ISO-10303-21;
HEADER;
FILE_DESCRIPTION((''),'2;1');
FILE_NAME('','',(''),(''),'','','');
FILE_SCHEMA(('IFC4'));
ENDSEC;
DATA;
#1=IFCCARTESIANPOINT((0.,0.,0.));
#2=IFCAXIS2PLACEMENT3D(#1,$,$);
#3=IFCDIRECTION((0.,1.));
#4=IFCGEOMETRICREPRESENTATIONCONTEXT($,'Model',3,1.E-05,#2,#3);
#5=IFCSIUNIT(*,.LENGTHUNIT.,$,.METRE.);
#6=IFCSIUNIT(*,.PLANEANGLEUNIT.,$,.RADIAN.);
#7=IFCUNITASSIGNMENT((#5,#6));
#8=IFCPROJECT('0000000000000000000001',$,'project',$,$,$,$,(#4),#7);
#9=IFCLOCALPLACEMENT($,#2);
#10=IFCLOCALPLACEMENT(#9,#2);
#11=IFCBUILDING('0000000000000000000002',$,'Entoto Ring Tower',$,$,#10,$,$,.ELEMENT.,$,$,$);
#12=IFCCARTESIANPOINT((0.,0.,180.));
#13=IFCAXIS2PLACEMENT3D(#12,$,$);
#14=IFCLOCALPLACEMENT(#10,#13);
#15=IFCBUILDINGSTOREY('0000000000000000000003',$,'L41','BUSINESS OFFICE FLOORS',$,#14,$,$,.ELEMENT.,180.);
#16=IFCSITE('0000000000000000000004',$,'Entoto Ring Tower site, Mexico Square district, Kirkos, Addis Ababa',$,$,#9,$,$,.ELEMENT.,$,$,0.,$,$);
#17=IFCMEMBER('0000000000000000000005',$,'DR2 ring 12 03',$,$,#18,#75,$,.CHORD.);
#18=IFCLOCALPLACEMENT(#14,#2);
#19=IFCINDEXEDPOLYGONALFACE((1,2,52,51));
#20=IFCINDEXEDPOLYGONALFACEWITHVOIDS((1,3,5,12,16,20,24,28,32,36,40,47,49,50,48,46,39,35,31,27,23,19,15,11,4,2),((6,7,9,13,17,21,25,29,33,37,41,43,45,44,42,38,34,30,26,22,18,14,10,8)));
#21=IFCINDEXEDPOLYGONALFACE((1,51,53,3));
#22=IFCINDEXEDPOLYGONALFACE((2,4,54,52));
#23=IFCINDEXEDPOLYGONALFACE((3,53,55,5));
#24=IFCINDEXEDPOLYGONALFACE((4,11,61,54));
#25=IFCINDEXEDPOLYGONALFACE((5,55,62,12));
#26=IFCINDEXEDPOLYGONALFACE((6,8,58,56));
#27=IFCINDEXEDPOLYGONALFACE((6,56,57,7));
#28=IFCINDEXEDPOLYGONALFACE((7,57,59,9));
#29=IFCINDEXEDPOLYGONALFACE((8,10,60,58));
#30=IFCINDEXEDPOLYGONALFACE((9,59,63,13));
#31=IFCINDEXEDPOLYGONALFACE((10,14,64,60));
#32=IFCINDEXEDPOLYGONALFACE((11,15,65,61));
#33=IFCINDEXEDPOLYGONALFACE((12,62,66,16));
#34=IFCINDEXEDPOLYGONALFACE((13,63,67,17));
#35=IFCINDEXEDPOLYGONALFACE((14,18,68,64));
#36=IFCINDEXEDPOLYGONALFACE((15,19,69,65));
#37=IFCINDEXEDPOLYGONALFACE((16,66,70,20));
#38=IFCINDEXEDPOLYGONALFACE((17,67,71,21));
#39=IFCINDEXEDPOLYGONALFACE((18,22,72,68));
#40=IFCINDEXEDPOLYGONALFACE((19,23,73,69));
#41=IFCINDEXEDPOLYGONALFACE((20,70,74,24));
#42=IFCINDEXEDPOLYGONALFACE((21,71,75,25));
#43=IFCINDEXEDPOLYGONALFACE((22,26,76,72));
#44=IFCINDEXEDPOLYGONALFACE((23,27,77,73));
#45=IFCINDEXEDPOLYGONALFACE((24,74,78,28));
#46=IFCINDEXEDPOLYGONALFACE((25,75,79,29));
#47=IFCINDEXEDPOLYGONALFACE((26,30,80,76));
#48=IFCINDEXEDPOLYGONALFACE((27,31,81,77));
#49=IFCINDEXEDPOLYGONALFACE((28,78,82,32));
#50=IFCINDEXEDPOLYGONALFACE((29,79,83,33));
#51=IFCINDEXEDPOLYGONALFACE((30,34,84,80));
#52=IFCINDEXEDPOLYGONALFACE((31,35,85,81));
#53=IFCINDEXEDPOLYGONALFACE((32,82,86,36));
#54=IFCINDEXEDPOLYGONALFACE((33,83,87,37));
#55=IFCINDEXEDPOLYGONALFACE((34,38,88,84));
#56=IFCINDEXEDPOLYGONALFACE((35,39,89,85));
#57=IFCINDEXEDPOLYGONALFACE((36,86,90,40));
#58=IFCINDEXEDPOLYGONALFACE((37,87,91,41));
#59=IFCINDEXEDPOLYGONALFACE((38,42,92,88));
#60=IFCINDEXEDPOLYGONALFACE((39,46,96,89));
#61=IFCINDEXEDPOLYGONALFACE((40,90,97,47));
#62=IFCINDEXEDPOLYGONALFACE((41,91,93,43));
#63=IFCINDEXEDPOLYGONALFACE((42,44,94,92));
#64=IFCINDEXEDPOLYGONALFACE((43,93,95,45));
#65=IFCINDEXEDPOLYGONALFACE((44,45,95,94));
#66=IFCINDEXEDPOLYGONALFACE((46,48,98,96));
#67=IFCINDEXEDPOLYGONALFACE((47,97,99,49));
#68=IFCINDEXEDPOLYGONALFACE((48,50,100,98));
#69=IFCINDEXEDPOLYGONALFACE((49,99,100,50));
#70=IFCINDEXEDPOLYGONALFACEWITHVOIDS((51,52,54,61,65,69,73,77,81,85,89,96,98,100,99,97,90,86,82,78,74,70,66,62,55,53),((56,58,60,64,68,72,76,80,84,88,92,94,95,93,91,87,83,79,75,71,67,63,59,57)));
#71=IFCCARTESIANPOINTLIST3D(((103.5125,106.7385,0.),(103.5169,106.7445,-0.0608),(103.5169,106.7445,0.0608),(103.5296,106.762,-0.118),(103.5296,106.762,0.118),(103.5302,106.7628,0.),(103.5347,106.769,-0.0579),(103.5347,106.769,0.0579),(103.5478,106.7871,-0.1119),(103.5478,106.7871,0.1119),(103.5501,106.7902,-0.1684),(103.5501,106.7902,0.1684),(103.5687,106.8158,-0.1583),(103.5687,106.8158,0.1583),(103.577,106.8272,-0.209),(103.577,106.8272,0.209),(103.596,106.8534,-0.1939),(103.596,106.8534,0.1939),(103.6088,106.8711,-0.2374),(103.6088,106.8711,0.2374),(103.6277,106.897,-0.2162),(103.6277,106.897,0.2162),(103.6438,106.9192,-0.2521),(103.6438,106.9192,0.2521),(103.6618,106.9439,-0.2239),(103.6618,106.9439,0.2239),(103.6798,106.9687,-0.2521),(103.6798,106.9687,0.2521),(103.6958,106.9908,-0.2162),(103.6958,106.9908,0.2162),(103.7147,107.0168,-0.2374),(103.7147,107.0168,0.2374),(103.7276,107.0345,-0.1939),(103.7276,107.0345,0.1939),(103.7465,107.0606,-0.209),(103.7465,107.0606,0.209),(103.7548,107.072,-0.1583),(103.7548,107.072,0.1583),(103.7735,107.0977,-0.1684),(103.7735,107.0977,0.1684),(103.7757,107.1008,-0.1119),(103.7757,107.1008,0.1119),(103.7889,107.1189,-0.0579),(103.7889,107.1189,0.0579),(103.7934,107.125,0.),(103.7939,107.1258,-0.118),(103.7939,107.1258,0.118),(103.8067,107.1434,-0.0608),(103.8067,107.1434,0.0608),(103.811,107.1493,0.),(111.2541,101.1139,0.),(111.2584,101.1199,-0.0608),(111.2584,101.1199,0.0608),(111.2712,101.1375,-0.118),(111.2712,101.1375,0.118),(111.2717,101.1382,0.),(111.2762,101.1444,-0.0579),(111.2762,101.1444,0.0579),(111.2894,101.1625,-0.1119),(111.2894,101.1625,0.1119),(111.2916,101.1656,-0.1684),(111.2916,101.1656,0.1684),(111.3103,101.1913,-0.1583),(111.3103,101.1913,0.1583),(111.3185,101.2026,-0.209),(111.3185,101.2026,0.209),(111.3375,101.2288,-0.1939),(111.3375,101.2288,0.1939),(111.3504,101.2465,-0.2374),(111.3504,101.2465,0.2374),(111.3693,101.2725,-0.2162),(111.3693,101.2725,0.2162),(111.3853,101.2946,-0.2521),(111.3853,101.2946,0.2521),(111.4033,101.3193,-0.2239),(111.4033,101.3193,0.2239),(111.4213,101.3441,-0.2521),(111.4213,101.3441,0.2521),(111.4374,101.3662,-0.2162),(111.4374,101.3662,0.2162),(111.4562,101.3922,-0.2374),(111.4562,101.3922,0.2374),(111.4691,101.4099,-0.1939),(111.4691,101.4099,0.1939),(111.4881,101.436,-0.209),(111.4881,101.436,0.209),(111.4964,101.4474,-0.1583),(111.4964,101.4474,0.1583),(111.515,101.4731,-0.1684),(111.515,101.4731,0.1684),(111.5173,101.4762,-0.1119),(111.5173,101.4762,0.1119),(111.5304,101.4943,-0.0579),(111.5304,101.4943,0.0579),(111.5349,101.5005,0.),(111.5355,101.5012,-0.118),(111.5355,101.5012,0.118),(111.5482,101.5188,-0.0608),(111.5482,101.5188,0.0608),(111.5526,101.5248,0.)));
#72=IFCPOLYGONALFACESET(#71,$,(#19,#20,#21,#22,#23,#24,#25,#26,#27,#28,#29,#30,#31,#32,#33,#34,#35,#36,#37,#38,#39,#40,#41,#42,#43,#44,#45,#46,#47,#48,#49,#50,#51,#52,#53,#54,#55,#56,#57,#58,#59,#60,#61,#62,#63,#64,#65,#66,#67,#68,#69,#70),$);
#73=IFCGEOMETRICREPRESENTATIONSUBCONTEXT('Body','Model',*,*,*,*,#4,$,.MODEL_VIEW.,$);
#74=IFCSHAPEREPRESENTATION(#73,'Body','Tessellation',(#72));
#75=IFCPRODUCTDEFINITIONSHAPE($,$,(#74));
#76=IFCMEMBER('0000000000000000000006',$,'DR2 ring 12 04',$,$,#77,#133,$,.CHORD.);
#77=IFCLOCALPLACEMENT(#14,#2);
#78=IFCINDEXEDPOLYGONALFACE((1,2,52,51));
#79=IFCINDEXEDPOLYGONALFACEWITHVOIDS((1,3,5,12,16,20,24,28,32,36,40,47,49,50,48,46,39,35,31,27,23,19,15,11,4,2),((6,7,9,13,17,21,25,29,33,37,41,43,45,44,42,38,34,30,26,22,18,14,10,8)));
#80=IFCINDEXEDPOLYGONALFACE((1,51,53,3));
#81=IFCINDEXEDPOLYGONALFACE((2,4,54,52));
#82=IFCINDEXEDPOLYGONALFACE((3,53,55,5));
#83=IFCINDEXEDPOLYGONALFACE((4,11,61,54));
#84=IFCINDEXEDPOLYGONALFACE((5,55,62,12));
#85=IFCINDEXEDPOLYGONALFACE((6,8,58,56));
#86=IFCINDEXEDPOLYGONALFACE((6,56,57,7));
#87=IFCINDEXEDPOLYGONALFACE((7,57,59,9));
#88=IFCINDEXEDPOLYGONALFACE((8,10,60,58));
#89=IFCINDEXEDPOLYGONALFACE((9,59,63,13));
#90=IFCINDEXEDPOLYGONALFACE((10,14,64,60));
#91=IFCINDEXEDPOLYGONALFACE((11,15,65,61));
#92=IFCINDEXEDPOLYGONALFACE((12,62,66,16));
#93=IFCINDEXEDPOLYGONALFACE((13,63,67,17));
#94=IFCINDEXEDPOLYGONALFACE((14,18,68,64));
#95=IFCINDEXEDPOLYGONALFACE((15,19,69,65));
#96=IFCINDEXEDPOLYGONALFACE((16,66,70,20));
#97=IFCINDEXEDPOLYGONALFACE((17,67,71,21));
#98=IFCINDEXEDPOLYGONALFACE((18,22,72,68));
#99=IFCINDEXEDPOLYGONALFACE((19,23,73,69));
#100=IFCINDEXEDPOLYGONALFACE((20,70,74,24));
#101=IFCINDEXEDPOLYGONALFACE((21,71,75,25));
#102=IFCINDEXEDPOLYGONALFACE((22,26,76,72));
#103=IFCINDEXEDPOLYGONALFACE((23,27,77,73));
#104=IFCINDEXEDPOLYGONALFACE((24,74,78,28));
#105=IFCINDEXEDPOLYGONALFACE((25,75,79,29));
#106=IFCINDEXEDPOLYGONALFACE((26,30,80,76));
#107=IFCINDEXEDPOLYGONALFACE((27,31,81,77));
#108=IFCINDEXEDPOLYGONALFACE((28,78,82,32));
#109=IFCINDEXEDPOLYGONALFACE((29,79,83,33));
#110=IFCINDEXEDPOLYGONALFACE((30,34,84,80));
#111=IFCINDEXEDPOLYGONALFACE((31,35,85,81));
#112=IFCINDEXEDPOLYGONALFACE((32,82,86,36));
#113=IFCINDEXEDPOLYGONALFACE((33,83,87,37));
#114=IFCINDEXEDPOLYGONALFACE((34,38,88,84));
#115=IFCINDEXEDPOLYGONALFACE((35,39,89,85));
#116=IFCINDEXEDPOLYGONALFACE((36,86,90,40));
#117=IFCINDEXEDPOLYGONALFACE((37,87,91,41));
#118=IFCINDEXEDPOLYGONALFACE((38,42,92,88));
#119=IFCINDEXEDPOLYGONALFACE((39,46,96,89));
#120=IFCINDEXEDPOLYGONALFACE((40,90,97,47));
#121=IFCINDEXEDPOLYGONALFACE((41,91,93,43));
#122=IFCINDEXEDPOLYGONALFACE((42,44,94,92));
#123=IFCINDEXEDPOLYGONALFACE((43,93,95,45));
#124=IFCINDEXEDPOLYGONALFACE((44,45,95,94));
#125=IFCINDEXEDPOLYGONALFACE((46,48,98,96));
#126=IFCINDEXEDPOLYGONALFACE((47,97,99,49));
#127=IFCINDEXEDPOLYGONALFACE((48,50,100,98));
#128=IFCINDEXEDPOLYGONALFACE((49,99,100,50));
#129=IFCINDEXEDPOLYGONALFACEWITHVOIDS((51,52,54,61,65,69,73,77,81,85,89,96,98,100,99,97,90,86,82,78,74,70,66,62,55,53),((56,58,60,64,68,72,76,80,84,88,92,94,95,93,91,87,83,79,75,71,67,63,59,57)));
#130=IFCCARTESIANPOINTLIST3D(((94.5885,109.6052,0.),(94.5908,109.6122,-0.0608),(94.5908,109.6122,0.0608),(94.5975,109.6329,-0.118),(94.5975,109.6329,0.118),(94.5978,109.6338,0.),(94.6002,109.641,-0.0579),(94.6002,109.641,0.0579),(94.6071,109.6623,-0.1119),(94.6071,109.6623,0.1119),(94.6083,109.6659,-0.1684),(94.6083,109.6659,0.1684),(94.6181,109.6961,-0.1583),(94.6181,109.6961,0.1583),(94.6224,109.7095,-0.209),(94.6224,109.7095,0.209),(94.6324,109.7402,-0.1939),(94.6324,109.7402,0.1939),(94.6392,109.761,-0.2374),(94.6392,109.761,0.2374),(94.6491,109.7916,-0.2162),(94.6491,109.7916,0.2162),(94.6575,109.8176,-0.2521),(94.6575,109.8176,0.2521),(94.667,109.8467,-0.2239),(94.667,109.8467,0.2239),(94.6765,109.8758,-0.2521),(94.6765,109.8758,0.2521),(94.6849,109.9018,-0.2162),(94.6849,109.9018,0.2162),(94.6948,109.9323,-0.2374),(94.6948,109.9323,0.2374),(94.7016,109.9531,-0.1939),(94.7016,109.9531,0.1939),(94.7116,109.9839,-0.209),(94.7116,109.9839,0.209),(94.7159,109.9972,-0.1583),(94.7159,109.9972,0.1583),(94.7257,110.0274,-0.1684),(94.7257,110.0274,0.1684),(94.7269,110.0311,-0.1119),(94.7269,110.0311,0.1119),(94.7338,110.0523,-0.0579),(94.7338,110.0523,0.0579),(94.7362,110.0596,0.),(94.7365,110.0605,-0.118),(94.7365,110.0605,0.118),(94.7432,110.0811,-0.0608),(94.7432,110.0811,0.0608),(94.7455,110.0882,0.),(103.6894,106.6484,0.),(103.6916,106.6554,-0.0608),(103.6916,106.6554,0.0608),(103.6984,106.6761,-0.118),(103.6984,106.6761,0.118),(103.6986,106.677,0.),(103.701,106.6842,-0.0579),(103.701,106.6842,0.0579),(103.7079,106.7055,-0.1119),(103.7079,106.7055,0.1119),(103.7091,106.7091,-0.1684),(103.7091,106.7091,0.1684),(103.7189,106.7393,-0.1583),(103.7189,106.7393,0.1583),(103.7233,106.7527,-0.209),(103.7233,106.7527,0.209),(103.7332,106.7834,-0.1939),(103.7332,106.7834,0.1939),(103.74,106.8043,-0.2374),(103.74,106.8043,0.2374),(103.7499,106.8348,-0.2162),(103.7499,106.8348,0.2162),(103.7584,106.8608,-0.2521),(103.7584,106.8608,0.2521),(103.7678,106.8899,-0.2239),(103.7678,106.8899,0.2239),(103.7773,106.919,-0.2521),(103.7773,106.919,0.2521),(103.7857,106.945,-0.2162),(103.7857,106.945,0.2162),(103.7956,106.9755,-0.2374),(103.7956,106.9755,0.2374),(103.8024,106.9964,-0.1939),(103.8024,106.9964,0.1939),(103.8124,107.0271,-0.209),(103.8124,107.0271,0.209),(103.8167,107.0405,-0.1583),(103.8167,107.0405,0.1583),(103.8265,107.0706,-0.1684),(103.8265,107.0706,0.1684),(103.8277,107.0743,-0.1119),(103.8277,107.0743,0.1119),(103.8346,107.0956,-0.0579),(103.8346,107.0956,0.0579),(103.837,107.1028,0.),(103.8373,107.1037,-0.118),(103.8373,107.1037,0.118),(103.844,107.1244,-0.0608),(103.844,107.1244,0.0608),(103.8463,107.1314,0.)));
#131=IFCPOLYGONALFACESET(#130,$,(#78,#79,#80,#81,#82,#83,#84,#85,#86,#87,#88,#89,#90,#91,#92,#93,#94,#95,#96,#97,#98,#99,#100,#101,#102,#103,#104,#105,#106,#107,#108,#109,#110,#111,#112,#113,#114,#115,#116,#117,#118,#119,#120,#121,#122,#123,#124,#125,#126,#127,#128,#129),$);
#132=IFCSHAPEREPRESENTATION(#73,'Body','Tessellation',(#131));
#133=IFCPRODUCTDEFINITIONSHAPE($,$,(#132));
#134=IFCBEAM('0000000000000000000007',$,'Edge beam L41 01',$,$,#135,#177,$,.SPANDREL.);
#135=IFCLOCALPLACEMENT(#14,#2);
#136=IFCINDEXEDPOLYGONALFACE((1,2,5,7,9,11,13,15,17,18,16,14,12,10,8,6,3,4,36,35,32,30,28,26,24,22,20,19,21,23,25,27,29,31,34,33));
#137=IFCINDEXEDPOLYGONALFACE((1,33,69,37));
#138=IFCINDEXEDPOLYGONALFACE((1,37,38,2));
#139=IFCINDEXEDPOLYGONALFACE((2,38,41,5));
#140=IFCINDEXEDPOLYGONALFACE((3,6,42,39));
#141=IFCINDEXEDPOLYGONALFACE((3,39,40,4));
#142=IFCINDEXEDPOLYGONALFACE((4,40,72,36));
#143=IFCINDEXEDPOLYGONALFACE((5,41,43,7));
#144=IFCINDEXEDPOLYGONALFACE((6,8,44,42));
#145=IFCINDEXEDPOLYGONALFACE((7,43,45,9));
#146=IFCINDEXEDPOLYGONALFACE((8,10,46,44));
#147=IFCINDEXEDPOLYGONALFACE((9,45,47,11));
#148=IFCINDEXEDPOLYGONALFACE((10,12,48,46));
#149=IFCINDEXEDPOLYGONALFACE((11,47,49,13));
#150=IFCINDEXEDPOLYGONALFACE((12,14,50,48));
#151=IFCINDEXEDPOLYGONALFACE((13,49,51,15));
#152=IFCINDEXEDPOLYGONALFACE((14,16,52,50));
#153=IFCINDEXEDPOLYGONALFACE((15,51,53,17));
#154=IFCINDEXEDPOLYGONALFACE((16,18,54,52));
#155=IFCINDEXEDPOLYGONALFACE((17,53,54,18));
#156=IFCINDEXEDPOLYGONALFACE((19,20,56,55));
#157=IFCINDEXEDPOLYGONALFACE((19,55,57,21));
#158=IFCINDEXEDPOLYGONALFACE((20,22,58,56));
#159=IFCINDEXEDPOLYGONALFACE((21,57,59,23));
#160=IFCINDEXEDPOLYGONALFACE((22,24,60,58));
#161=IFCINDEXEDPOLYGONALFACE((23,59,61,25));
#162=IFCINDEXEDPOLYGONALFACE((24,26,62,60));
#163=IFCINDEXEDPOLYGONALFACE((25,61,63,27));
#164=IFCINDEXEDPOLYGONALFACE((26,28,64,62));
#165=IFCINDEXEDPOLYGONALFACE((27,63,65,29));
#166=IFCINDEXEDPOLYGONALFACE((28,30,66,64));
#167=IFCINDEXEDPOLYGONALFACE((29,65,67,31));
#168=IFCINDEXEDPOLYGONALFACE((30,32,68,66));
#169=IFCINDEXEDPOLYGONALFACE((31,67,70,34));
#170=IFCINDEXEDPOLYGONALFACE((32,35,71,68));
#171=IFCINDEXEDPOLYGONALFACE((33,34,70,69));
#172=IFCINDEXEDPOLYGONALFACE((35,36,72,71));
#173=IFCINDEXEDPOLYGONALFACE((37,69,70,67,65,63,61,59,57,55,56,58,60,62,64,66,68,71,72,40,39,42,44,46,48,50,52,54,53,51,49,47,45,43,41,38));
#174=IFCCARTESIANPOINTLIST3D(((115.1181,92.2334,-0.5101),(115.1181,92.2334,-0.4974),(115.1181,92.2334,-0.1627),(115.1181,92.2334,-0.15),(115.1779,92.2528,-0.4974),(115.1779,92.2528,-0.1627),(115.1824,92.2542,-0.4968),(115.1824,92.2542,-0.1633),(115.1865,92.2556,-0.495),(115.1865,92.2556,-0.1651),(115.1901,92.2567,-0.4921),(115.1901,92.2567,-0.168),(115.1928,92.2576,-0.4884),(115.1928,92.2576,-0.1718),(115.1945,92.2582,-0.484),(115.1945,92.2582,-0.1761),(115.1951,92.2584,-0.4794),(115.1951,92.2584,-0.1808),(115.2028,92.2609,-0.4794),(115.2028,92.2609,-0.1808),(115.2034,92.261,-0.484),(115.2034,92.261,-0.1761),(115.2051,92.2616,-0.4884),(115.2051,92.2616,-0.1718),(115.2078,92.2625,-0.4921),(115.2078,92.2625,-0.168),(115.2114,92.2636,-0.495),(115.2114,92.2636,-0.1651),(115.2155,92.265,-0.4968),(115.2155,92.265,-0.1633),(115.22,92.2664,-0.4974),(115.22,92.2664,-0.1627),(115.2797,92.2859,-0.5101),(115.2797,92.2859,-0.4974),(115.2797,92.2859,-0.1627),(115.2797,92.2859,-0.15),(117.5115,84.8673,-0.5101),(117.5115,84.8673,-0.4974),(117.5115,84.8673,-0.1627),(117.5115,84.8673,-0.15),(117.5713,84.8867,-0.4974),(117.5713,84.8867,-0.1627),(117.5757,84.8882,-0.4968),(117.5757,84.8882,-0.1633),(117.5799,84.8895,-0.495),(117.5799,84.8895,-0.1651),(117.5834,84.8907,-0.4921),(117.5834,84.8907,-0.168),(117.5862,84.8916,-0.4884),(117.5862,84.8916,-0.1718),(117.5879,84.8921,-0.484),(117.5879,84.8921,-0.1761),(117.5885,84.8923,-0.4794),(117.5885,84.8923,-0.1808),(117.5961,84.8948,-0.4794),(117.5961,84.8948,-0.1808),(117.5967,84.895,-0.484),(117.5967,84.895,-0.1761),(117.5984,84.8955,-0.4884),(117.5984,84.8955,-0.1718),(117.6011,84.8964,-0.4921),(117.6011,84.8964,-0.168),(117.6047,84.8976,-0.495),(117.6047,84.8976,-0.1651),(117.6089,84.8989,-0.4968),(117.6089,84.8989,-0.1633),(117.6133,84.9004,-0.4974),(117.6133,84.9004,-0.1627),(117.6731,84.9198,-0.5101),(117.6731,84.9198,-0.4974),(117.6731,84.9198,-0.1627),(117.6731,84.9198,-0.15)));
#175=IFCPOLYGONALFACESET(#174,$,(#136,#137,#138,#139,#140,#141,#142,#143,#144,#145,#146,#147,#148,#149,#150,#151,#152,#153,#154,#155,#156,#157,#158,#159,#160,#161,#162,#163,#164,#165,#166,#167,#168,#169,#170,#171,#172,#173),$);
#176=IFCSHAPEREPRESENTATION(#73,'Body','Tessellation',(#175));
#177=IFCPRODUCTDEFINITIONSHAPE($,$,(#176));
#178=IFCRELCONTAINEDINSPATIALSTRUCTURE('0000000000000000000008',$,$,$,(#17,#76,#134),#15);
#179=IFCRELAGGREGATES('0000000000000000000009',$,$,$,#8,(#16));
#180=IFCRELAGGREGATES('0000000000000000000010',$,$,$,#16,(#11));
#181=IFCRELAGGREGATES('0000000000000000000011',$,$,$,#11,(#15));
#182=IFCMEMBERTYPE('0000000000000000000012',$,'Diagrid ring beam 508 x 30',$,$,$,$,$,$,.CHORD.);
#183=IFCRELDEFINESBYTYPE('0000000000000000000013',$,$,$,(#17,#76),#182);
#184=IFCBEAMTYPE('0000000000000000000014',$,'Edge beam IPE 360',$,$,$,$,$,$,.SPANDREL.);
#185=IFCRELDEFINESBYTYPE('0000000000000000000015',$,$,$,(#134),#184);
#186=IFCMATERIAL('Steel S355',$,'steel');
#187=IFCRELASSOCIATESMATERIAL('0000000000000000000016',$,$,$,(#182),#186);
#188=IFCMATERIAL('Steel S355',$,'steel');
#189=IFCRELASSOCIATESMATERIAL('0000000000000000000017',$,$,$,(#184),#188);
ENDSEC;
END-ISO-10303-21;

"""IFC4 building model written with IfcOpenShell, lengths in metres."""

from ifc_helpers import new_model, si_unit, direction, frame, origin, origin_2d, place, context, subcontext, project, spatial, circle, hollow_circle, i_section, extrude, material, material_profile, profile_set, type_object, element, save


model = new_model("IFC4")

# Units and contexts
model_context = context("Model", 3, precision=1e-05, world=origin(), true_north=direction((0.0, 1.0)))
body_context = subcontext(model_context, "Body", "Model", "MODEL_VIEW")
ifc_project = project(units=[si_unit("LENGTHUNIT", "METRE"), si_unit("PLANEANGLEUNIT", "RADIAN")], contexts=[model_context])

# Site, building, storey
site_placement = place(None, origin())
site = spatial("IfcSite", under=ifc_project, at=site_placement, Name="Entoto Ring Tower site, Mexico Square district, Kirkos, Addis Ababa", CompositionType="ELEMENT", RefElevation=0.0)
building_placement = place(site_placement, origin())
building = spatial("IfcBuilding", under=site, at=building_placement, Name="Entoto Ring Tower", CompositionType="ELEMENT")
storey_placement = place(building_placement, frame((0.0, 0.0, 180.0)))
storey = spatial("IfcBuildingStorey", under=building, at=storey_placement, Name="L41", Description="BUSINESS OFFICE FLOORS", CompositionType="ELEMENT", Elevation=180.0)

# Members
ifc_material_1 = material(Name="Steel S355", Category="steel")
ifc_material_profile_1 = material_profile(ifc_material_1, hollow_circle(Radius=0.2539, WallThickness=0.03, at=origin_2d()), Name="CHS 508 x 30")
ifc_material_2 = material(Name="Concrete C60/75", Category="concrete")
ifc_material_profile_2 = material_profile(ifc_material_2, circle(Radius=0.2241, at=origin_2d()), Name="Concrete C60/75 infill")
ifc_profile_set_1 = profile_set([ifc_material_profile_1, ifc_material_profile_2], Name="Steel S355")
member_type_1 = type_object("IfcMemberType", Name="Diagrid ring beam 508 x 30", PredefinedType="CHORD", material=ifc_profile_set_1)
for number, where, z_axis, x_axis, name in (
    (1, (111.4033, 101.3193, 0.0), (-0.809016, 0.587786, 0.0), (-0.587786, -0.809016, 0.0), "DR2 ring 12 03"),
    (2, (103.7678, 106.8899, 0.0), (-0.951064, 0.308993, 0.0), (-0.308993, -0.951064, 0.0), "DR2 ring 12 04"),
):
    element("IfcMember", number, at=place(storey_placement, frame(where, z_axis=z_axis, x_axis=x_axis)), inside=storey, type_object=member_type_1, Name=name, PredefinedType="CHORD", context=body_context, shape_type="SweptSolid", body=[
        extrude(hollow_circle(Radius=0.2539, WallThickness=0.03, at=origin_2d()), origin(), (0.0, 0.0, 1.0), 9.5691),
    ])

# Beam
ifc_material_3 = material(Name="Steel S355", Category="steel")
ifc_material_profile_3 = material_profile(ifc_material_3, i_section(OverallWidth=0.1699, OverallDepth=0.3601, WebThickness=0.0081, FlangeThickness=0.0127, FilletRadius=0.0181, at=origin_2d()), Name="IPE 360")
ifc_profile_set_2 = profile_set([ifc_material_profile_3], Name="Steel S355")
beam_type_1 = type_object("IfcBeamType", Name="Edge beam IPE 360", PredefinedType="SPANDREL", material=ifc_profile_set_2)
for number, where, z_axis, x_axis, name in (
    (3, (117.5923, 84.8936, -0.3301), (-0.309013, 0.951058, 0.0), (-0.951058, -0.309013, 0.0), "Edge beam L41 01"),
):
    element("IfcBeam", number, at=place(storey_placement, frame(where, z_axis=z_axis, x_axis=x_axis)), inside=storey, type_object=beam_type_1, Name=name, PredefinedType="SPANDREL", context=body_context, shape_type="SweptSolid", body=[
        extrude(i_section(OverallWidth=0.1699, OverallDepth=0.3601, WebThickness=0.0081, FlangeThickness=0.0127, FilletRadius=0.0181, at=origin_2d()), origin(), (0.0, 0.0, 1.0), 7.7451),
    ])

save(model, "model.ifc")
